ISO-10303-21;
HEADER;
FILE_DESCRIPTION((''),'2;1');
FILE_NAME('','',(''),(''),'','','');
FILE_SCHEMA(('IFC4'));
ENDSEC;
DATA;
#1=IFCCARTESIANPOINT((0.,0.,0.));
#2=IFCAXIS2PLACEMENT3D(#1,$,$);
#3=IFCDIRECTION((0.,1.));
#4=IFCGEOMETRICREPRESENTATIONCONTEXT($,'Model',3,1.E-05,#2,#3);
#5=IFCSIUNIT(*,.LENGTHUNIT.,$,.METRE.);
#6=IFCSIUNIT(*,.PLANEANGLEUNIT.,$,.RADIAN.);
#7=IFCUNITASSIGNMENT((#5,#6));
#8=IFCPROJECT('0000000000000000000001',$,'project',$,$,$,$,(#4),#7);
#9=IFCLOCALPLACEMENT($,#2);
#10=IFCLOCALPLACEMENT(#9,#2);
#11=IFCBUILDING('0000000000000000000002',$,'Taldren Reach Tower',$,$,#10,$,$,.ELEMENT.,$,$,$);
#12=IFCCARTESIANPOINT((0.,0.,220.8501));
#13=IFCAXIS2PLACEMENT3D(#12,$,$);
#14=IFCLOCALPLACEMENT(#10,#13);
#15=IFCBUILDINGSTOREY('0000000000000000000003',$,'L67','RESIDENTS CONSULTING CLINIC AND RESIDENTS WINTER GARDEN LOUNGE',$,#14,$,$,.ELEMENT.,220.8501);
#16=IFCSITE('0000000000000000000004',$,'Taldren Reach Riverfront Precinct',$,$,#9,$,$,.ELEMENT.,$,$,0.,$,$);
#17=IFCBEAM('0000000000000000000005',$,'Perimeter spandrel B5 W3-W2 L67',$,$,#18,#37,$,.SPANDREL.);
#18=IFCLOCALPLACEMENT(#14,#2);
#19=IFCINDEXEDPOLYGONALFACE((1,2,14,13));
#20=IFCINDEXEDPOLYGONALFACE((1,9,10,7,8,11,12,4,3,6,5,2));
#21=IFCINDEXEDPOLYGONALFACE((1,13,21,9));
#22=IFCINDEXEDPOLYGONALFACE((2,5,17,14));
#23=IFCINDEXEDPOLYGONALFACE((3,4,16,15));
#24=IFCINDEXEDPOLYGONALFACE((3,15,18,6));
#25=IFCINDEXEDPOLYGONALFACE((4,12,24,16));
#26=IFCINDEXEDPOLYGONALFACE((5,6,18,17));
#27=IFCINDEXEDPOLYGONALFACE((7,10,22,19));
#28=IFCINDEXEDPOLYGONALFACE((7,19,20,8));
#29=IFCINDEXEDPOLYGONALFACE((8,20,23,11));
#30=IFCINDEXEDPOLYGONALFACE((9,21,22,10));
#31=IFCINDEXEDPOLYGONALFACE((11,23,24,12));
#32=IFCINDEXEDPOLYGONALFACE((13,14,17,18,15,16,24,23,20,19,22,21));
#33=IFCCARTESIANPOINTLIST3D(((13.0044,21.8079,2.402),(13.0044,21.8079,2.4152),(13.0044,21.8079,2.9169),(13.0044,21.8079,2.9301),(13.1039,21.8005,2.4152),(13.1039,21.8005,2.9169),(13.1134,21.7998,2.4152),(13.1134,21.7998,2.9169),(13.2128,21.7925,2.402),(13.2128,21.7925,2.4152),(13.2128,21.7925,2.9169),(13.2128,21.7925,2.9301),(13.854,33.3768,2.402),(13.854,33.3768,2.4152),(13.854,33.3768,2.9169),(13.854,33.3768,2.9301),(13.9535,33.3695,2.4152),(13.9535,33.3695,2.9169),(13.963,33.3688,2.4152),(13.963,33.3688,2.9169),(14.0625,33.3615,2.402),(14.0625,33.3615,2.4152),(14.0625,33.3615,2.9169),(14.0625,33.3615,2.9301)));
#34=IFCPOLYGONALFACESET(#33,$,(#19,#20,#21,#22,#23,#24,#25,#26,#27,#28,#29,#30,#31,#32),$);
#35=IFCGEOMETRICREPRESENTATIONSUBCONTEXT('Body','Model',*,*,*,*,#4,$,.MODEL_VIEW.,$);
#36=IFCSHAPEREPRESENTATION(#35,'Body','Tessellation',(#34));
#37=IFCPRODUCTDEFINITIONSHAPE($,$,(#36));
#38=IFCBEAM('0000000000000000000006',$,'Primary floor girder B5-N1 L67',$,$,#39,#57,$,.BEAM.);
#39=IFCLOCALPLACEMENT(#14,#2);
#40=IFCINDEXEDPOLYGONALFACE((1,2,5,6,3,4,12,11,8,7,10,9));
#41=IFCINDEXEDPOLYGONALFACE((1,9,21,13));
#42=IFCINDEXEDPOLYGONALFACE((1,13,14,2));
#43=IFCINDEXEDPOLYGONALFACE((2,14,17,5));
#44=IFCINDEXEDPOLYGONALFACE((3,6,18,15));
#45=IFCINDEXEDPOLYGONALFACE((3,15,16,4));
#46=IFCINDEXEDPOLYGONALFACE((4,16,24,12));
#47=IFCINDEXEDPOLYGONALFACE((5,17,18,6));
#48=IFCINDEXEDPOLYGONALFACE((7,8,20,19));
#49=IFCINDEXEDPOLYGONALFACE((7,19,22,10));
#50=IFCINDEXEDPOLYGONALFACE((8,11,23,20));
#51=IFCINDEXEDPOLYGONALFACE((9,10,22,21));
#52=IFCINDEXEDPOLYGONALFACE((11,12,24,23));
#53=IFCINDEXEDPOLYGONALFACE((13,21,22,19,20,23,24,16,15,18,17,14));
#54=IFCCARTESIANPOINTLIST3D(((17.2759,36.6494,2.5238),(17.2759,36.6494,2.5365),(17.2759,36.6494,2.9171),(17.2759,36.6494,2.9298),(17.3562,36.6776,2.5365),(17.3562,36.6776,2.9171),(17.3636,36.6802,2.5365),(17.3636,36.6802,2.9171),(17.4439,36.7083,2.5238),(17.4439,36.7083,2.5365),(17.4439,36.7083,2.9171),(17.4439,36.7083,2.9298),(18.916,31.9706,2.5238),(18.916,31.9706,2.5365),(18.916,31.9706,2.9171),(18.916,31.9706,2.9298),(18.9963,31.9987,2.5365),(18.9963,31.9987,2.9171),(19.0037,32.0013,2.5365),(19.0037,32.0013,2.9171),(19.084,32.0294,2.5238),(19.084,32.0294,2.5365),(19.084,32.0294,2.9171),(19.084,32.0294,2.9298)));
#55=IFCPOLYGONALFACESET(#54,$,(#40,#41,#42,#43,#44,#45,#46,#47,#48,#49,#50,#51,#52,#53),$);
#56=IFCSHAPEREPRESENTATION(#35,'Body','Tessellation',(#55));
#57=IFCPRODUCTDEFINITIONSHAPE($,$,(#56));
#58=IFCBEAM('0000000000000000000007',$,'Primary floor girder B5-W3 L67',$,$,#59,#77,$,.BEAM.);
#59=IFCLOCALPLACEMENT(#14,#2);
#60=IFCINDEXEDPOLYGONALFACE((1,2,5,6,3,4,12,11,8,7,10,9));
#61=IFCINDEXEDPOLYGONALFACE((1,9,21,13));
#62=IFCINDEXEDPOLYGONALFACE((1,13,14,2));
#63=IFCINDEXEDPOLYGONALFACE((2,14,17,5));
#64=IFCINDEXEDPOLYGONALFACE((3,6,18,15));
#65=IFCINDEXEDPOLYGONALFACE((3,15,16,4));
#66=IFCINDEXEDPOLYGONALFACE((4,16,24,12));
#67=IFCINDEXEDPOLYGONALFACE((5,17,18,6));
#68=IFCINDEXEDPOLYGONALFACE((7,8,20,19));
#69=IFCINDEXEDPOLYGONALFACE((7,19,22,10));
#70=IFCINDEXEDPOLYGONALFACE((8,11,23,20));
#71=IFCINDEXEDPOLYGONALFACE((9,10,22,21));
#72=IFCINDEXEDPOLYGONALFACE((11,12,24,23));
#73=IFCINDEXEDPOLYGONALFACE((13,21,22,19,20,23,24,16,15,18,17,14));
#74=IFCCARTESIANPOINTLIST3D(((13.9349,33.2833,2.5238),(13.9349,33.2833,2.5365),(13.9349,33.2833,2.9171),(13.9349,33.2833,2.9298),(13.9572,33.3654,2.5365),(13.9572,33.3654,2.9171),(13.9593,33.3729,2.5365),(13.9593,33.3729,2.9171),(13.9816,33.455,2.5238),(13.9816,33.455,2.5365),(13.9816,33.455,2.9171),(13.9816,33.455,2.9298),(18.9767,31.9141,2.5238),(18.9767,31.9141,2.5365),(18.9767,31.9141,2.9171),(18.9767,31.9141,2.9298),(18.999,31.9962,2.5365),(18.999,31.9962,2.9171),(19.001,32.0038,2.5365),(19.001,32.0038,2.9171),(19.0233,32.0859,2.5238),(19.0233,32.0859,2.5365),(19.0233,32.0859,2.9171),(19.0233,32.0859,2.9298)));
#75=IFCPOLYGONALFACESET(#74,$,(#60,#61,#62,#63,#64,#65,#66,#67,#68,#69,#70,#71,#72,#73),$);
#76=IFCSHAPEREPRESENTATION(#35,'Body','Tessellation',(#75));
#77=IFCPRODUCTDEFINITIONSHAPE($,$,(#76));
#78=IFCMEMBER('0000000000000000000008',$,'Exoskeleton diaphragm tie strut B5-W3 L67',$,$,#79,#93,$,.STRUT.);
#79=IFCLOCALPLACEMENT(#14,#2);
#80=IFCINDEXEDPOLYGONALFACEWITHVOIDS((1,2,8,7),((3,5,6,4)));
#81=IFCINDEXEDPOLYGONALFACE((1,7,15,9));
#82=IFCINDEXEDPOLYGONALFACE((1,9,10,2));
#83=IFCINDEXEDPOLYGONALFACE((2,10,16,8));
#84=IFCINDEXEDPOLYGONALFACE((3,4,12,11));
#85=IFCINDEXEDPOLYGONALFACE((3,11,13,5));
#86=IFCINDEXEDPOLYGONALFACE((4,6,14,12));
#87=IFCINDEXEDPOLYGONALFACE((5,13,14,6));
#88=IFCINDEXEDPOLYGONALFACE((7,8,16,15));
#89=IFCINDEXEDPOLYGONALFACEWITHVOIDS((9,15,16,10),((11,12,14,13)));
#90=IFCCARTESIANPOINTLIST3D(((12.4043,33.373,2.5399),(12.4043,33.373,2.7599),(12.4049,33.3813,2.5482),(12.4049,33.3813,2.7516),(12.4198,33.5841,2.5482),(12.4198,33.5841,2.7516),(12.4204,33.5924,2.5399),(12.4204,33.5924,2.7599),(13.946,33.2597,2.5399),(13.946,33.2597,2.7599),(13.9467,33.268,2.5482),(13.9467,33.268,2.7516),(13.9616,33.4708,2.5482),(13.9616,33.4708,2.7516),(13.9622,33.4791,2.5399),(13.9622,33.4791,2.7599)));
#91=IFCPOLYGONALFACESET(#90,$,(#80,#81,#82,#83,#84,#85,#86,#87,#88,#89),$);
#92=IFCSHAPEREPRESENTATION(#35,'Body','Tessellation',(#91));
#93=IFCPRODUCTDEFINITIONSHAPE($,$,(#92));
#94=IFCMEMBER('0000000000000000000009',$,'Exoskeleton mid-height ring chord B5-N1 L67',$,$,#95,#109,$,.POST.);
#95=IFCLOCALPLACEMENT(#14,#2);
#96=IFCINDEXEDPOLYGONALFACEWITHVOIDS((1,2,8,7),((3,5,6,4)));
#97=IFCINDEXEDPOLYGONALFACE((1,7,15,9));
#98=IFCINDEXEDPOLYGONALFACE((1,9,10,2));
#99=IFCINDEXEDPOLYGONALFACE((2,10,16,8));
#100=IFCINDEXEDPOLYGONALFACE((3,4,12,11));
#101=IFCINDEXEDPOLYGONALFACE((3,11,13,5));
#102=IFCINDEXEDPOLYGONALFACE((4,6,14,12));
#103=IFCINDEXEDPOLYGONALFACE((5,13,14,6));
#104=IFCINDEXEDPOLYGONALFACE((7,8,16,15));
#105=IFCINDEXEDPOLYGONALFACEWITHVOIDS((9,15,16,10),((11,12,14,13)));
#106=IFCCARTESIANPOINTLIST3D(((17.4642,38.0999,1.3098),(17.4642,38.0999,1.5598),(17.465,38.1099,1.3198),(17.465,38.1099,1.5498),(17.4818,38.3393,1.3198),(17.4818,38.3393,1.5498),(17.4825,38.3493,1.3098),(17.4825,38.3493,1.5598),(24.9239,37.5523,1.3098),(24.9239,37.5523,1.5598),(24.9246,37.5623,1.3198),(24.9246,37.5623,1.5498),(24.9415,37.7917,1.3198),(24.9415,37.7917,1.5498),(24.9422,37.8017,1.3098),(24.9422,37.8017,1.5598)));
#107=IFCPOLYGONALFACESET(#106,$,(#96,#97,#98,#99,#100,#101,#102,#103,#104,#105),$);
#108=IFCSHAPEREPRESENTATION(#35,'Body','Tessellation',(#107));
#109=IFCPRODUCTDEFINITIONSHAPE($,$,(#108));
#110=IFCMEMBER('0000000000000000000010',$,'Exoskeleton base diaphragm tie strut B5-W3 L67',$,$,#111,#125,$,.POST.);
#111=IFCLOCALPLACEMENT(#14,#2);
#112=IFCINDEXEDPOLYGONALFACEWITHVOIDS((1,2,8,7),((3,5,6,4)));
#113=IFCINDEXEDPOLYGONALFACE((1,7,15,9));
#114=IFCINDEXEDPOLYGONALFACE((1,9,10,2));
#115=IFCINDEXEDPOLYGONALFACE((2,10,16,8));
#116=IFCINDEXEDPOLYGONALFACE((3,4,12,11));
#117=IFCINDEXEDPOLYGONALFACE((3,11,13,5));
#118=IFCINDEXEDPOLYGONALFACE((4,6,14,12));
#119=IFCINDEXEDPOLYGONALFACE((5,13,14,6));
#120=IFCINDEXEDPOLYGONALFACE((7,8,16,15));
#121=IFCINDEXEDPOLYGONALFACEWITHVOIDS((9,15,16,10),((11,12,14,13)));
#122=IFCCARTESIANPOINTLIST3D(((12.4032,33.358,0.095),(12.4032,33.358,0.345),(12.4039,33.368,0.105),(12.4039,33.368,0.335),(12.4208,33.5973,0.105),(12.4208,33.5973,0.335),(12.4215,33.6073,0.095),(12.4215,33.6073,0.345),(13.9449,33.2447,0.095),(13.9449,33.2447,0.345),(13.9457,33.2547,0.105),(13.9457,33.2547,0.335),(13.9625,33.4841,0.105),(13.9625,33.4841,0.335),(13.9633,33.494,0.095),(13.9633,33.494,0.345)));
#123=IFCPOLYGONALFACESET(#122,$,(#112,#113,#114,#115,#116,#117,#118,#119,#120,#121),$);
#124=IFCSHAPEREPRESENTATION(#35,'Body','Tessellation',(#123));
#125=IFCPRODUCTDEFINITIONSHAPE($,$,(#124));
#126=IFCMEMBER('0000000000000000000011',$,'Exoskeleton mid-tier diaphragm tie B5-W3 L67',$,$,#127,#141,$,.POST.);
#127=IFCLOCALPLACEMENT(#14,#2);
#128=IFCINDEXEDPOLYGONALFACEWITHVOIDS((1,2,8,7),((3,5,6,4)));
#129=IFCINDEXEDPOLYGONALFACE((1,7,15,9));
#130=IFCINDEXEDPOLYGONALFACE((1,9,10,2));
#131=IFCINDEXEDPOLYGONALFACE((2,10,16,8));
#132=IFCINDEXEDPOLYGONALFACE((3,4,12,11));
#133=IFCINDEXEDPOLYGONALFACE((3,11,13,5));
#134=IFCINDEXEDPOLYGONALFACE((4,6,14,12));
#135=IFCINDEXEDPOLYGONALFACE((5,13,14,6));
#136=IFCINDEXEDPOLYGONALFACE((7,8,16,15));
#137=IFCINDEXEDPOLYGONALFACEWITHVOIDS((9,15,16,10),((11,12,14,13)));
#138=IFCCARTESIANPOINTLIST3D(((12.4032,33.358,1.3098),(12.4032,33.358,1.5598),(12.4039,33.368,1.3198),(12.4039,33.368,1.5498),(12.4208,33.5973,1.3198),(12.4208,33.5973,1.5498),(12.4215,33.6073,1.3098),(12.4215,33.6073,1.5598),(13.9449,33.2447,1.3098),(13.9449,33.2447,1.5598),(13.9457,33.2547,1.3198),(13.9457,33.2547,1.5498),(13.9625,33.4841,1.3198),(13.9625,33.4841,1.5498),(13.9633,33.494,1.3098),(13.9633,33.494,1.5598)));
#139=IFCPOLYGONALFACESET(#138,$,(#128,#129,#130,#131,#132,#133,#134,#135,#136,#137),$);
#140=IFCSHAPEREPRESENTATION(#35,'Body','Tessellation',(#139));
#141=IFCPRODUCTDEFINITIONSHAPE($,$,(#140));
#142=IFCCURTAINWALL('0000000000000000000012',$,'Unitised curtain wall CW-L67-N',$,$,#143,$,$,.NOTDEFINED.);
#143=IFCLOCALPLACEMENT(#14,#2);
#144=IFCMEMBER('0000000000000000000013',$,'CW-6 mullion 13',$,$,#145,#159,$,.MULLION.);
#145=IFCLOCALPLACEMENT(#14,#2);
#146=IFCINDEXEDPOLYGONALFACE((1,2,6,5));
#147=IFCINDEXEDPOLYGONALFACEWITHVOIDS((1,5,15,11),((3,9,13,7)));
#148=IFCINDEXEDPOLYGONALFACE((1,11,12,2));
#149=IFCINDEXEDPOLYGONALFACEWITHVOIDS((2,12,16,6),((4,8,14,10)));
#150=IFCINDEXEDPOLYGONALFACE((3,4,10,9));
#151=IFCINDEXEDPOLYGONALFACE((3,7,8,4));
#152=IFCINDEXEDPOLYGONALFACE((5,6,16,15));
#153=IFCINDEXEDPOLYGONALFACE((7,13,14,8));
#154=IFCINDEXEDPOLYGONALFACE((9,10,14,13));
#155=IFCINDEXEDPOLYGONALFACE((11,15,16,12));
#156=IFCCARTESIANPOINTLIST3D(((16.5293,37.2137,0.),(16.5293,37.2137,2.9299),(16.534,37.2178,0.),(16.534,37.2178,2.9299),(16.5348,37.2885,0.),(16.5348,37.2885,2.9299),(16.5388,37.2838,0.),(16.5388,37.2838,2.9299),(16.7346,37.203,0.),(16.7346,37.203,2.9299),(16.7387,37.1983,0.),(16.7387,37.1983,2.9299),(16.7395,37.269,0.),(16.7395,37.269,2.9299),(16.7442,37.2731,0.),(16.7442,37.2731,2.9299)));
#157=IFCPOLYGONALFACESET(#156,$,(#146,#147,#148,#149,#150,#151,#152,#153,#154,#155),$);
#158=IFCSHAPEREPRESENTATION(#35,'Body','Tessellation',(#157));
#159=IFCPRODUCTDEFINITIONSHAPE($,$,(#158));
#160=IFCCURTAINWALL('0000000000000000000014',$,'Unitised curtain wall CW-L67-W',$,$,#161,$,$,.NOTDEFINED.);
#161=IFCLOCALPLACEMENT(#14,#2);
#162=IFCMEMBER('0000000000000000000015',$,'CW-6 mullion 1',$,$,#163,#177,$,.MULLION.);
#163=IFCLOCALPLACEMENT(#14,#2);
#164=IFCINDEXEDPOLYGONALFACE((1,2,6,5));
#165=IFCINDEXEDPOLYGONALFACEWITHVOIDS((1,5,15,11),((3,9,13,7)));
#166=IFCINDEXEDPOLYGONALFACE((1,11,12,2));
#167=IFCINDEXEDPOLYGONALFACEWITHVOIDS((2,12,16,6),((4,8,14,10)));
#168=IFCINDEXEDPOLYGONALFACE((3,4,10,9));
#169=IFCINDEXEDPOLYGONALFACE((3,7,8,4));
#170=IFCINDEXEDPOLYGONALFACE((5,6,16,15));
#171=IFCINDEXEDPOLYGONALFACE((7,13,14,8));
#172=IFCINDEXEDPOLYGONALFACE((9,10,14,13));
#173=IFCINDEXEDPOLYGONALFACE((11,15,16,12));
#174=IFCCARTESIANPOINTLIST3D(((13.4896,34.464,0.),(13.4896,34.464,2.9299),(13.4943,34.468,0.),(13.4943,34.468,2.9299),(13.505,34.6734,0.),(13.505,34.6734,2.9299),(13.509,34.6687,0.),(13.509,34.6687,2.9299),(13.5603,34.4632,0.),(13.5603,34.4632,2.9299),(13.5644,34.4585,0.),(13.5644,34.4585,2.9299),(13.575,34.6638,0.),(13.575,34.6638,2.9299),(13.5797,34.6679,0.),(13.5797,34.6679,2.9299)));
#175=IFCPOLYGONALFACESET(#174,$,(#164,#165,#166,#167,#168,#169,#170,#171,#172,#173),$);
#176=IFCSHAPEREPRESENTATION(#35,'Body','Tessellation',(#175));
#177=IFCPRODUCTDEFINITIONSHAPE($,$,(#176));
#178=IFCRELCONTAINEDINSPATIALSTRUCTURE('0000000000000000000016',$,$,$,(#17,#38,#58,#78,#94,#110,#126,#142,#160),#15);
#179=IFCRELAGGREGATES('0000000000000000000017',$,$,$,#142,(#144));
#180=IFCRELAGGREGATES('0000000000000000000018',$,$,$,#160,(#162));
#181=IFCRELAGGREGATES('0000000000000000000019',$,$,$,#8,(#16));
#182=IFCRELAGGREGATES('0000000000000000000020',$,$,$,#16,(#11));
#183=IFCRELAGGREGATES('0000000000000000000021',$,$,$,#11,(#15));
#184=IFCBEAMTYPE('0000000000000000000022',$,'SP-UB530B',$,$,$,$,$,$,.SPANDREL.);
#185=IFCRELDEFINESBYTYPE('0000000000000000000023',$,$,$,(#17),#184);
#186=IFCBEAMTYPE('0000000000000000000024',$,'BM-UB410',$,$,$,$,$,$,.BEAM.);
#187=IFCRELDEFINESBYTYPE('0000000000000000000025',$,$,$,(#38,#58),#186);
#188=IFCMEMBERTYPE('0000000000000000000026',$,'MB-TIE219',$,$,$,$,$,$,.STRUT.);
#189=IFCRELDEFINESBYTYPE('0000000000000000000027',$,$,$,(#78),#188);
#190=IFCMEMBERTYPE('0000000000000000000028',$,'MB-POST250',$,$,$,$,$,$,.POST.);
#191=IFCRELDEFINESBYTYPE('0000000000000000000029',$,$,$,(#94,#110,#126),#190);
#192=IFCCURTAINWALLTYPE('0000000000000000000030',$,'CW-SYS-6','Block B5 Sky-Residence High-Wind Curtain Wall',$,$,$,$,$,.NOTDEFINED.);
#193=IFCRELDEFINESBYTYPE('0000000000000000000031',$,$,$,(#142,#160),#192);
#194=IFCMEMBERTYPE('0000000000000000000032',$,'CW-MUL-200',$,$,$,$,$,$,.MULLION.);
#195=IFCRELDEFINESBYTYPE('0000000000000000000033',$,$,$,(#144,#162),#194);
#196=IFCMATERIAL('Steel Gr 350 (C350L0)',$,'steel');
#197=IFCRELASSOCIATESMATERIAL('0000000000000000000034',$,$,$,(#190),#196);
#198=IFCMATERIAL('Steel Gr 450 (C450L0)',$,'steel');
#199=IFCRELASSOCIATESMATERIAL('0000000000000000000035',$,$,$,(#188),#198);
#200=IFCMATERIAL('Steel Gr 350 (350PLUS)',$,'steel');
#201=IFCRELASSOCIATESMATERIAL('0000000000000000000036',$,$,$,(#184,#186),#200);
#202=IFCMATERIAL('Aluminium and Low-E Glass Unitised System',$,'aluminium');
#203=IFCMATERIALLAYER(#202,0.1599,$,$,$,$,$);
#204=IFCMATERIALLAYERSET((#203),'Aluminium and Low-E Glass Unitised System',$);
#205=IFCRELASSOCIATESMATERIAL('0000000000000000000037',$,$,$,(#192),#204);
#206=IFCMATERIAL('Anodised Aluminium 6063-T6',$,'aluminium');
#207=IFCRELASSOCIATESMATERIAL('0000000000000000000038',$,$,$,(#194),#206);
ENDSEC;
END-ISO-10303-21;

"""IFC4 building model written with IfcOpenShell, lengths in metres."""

from ifc_helpers import new_model, si_unit, direction, frame, origin, origin_2d, place, context, subcontext, project, spatial, hollow_rectangle, i_section, extrude, source, transform, mapped, material, layer, layer_set, material_profile, profile_set, type_object, element, aggregate, save


model = new_model("IFC4")

# Units and contexts
model_context = context("Model", 3, precision=1e-05, world=origin(), true_north=direction((0.0, 1.0)))
body_context = subcontext(model_context, "Body", "Model", "MODEL_VIEW")
ifc_project = project(units=[si_unit("LENGTHUNIT", "METRE"), si_unit("PLANEANGLEUNIT", "RADIAN")], contexts=[model_context])

# Site, building, storey
site_placement = place(None, origin())
site = spatial("IfcSite", under=ifc_project, at=site_placement, Name="Taldren Reach Riverfront Precinct", CompositionType="ELEMENT", RefElevation=0.0)
building_placement = place(site_placement, origin())
building = spatial("IfcBuilding", under=site, at=building_placement, Name="Taldren Reach Tower", CompositionType="ELEMENT")
storey_placement = place(building_placement, frame((0.0, 0.0, 220.8501)))
storey = spatial("IfcBuildingStorey", under=building, at=storey_placement, Name="L67", Description="RESIDENTS CONSULTING CLINIC AND RESIDENTS WINTER GARDEN LOUNGE", CompositionType="ELEMENT", Elevation=220.8501)

# Shared definitions
ifc_material_1 = material(Name="Steel Gr 450 (C450L0)", Category="steel")
ifc_material_2 = material(Name="Steel Gr 350 (C350L0)", Category="steel")
ifc_material_3 = material(Name="Steel Gr 350 (350PLUS)", Category="steel")

# Shared definitions
ifc_material_profile_1 = material_profile(ifc_material_2, hollow_rectangle(XDim=0.25, YDim=0.25, WallThickness=0.01, at=origin_2d()), Name="250x250x10.0SHS")
ifc_profile_set_1 = profile_set([ifc_material_profile_1], Name="Steel Gr 350 (C350L0)")
member_type_1 = type_object("IfcMemberType", Name="MB-POST250", PredefinedType="POST", material=ifc_profile_set_1)
ifc_material_profile_2 = material_profile(ifc_material_1, hollow_rectangle(XDim=0.22, YDim=0.22, WallThickness=0.0083, at=origin_2d()), Name="220x220x8.2SHS")
ifc_profile_set_2 = profile_set([ifc_material_profile_2], Name="Steel Gr 450 (C450L0)")
member_type_2 = type_object("IfcMemberType", Name="MB-TIE219", PredefinedType="STRUT", material=ifc_profile_set_2)

# Beams
ifc_material_profile_3 = material_profile(ifc_material_3, i_section(OverallWidth=0.209, OverallDepth=0.5281, WebThickness=0.0095, FlangeThickness=0.0132, at=origin_2d()), Name="530UB82.0")
ifc_profile_set_3 = profile_set([ifc_material_profile_3], Name="Steel Gr 350 (350PLUS)")
beam_type_1 = type_object("IfcBeamType", Name="SP-UB530B", PredefinedType="SPANDREL", material=ifc_profile_set_3)
shared_shape_1 = source(origin(), body_context, "Body", "SweptSolid", [
    extrude(i_section(OverallWidth=0.209, OverallDepth=0.5281, WebThickness=0.0095, FlangeThickness=0.0132, at=origin_2d()), origin(), (0.0, 0.0, 1.0), 11.6001),
])
beam_1_placement = place(storey_placement, frame((13.9583, 33.3691, 2.666), z_axis=(-0.073242, -0.997314, 0.0), x_axis=(0.997314, -0.073242, 0.0)))
element("IfcBeam", 1, at=beam_1_placement, inside=storey, type_object=beam_type_1, Name="Perimeter spandrel B5 W3-W2 L67", PredefinedType="SPANDREL", context=body_context, shape_type="MappedRepresentation", body=[
    mapped(shared_shape_1, transform((0.0, 0.0, 0.0), scale=1.0)),
])
ifc_material_profile_4 = material_profile(ifc_material_3, i_section(OverallWidth=0.178, OverallDepth=0.406, WebThickness=0.0078, FlangeThickness=0.0127, at=origin_2d()), Name="410UB59.7")
ifc_profile_set_4 = profile_set([ifc_material_profile_4], Name="Steel Gr 350 (350PLUS)")
beam_type_2 = type_object("IfcBeamType", Name="BM-UB410", PredefinedType="BEAM", material=ifc_profile_set_4)
shared_shape_2 = source(origin(), body_context, "Body", "SweptSolid", [
    extrude(i_section(OverallWidth=0.178, OverallDepth=0.406, WebThickness=0.0078, FlangeThickness=0.0127, at=origin_2d()), origin(), (0.0, 0.0, 1.0), 4.958),
])
beam_2_placement = place(storey_placement, frame((19.0, 32.0, 2.7268), z_axis=(-0.3308, 0.943701, 0.0), x_axis=(-0.943701, -0.3308, 0.0)))
element("IfcBeam", 2, at=beam_2_placement, inside=storey, type_object=beam_type_2, Name="Primary floor girder B5-N1 L67", PredefinedType="BEAM", context=body_context, shape_type="MappedRepresentation", body=[
    mapped(shared_shape_2, transform((0.0, 0.0, 0.0), scale=1.0)),
])
shared_shape_3 = source(origin(), body_context, "Body", "SweptSolid", [
    extrude(i_section(OverallWidth=0.178, OverallDepth=0.406, WebThickness=0.0078, FlangeThickness=0.0127, at=origin_2d()), origin(), (0.0, 0.0, 1.0), 5.2244),
])
beam_3_placement = place(storey_placement, frame((19.0, 32.0, 2.7268), z_axis=(-0.965049, 0.262069, 0.0), x_axis=(-0.262069, -0.965049, 0.0)))
element("IfcBeam", 3, at=beam_3_placement, inside=storey, type_object=beam_type_2, Name="Primary floor girder B5-W3 L67", PredefinedType="BEAM", context=body_context, shape_type="MappedRepresentation", body=[
    mapped(shared_shape_3, transform((0.0, 0.0, 0.0), scale=1.0)),
])

# Members
shared_shape_4 = source(origin(), body_context, "Body", "SweptSolid", [
    extrude(hollow_rectangle(XDim=0.22, YDim=0.22, WallThickness=0.0083, at=origin_2d()), origin(), (0.0, 0.0, 1.0), 1.5459),
])
member_1_placement = place(storey_placement, frame((13.9541, 33.3694, 2.6499), z_axis=(-0.997312, 0.073278, 0.0), x_axis=(-0.073278, -0.997312, 0.0)))
element("IfcMember", 4, at=member_1_placement, inside=storey, type_object=member_type_2, Name="Exoskeleton diaphragm tie strut B5-W3 L67", PredefinedType="STRUT", context=body_context, shape_type="MappedRepresentation", body=[
    mapped(shared_shape_4, transform((0.0, 0.0, 0.0), scale=1.0)),
])
shared_shape_5 = source(origin(), body_context, "Body", "SweptSolid", [
    extrude(hollow_rectangle(XDim=0.25, YDim=0.25, WallThickness=0.01, at=origin_2d()), origin(), (0.0, 0.0, 1.0), 7.4797),
])
member_2_placement = place(storey_placement, frame((17.4734, 38.2246, 1.4348), z_axis=(0.997316, -0.073212, 0.0), x_axis=(0.073212, 0.997316, 0.0)))
element("IfcMember", 5, at=member_2_placement, inside=storey, type_object=member_type_1, Name="Exoskeleton mid-height ring chord B5-N1 L67", PredefinedType="POST", context=body_context, shape_type="MappedRepresentation", body=[
    mapped(shared_shape_5, transform((0.0, 0.0, 0.0), scale=1.0)),
])
shared_shape_6 = source(origin(), body_context, "Body", "SweptSolid", [
    extrude(hollow_rectangle(XDim=0.25, YDim=0.25, WallThickness=0.01, at=origin_2d()), origin(), (0.0, 0.0, 1.0), 1.5459),
])
for number, where, z_axis, x_axis, name in (
    (6, (13.9541, 33.3694, 0.22), (-0.997312, 0.073278, 0.0), (-0.073278, -0.997312, 0.0), "Exoskeleton base diaphragm tie strut B5-W3 L67"),
    (7, (13.9541, 33.3694, 1.4348), (-0.997312, 0.073278, 0.0), (-0.073278, -0.997312, 0.0), "Exoskeleton mid-tier diaphragm tie B5-W3 L67"),
):
    element("IfcMember", number, at=place(storey_placement, frame(where, z_axis=z_axis, x_axis=x_axis)), inside=storey, type_object=member_type_1, Name=name, PredefinedType="POST", context=body_context, shape_type="MappedRepresentation", body=[
        mapped(shared_shape_6, transform((0.0, 0.0, 0.0), scale=1.0)),
    ])

# Curtain walls, members
ifc_material_4 = material(Name="Aluminium and Low-E Glass Unitised System", Category="aluminium")
ifc_layer_1 = layer(ifc_material_4, 0.1599)
ifc_layer_set_1 = layer_set([ifc_layer_1], Name="Aluminium and Low-E Glass Unitised System")
curtain_wall_type = type_object("IfcCurtainWallType", Name="CW-SYS-6", Description="Block B5 Sky-Residence High-Wind Curtain Wall", PredefinedType="NOTDEFINED", material=ifc_layer_set_1)
curtain_wall_1_placement = place(storey_placement, origin())
curtain_wall_1 = element("IfcCurtainWall", 8, at=curtain_wall_1_placement, inside=storey, type_object=curtain_wall_type, Name="Unitised curtain wall CW-L67-N", PredefinedType="NOTDEFINED")
ifc_material_5 = material(Name="Anodised Aluminium 6063-T6", Category="aluminium")
ifc_material_profile_5 = material_profile(ifc_material_5, hollow_rectangle(XDim=0.075, YDim=0.21, WallThickness=0.0044, at=origin_2d()), Name="ALU-210x75x4.5RHS")
ifc_profile_set_5 = profile_set([ifc_material_profile_5], Name="Anodised Aluminium 6063-T6")
member_type_3 = type_object("IfcMemberType", Name="CW-MUL-200", PredefinedType="MULLION", material=ifc_profile_set_5)
shared_shape_7 = source(origin(), body_context, "Body", "SweptSolid", [
    extrude(hollow_rectangle(XDim=0.075, YDim=0.21, WallThickness=0.0044, at=origin_2d()), origin(), (0.0, 0.0, 1.0), 2.9299),
])
member_3_placement = place(storey_placement, frame((16.6367, 37.2434, 0.0), z_axis=(0.0, 0.0, 1.0), x_axis=(-0.073238, -0.997314, 0.0)))
member_3 = element("IfcMember", 9, at=member_3_placement, type_object=member_type_3, Name="CW-6 mullion 13", PredefinedType="MULLION", context=body_context, shape_type="MappedRepresentation", body=[
    mapped(shared_shape_7, transform((0.0, 0.0, 0.0), scale=1.0)),
])
curtain_wall_2_placement = place(storey_placement, origin())
curtain_wall_2 = element("IfcCurtainWall", 10, at=curtain_wall_2_placement, inside=storey, type_object=curtain_wall_type, Name="Unitised curtain wall CW-L67-W", PredefinedType="NOTDEFINED")
member_4_placement = place(storey_placement, frame((13.5347, 34.5659, 0.0), z_axis=(0.0, 0.0, 1.0), x_axis=(0.997314, -0.073238, 0.0)))
member_4 = element("IfcMember", 11, at=member_4_placement, type_object=member_type_3, Name="CW-6 mullion 1", PredefinedType="MULLION", context=body_context, shape_type="MappedRepresentation", body=[
    mapped(shared_shape_7, transform((0.0, 0.0, 0.0), scale=1.0)),
])

aggregate(curtain_wall_1, [member_3])
aggregate(curtain_wall_2, [member_4])

save(model, "model.ifc")
